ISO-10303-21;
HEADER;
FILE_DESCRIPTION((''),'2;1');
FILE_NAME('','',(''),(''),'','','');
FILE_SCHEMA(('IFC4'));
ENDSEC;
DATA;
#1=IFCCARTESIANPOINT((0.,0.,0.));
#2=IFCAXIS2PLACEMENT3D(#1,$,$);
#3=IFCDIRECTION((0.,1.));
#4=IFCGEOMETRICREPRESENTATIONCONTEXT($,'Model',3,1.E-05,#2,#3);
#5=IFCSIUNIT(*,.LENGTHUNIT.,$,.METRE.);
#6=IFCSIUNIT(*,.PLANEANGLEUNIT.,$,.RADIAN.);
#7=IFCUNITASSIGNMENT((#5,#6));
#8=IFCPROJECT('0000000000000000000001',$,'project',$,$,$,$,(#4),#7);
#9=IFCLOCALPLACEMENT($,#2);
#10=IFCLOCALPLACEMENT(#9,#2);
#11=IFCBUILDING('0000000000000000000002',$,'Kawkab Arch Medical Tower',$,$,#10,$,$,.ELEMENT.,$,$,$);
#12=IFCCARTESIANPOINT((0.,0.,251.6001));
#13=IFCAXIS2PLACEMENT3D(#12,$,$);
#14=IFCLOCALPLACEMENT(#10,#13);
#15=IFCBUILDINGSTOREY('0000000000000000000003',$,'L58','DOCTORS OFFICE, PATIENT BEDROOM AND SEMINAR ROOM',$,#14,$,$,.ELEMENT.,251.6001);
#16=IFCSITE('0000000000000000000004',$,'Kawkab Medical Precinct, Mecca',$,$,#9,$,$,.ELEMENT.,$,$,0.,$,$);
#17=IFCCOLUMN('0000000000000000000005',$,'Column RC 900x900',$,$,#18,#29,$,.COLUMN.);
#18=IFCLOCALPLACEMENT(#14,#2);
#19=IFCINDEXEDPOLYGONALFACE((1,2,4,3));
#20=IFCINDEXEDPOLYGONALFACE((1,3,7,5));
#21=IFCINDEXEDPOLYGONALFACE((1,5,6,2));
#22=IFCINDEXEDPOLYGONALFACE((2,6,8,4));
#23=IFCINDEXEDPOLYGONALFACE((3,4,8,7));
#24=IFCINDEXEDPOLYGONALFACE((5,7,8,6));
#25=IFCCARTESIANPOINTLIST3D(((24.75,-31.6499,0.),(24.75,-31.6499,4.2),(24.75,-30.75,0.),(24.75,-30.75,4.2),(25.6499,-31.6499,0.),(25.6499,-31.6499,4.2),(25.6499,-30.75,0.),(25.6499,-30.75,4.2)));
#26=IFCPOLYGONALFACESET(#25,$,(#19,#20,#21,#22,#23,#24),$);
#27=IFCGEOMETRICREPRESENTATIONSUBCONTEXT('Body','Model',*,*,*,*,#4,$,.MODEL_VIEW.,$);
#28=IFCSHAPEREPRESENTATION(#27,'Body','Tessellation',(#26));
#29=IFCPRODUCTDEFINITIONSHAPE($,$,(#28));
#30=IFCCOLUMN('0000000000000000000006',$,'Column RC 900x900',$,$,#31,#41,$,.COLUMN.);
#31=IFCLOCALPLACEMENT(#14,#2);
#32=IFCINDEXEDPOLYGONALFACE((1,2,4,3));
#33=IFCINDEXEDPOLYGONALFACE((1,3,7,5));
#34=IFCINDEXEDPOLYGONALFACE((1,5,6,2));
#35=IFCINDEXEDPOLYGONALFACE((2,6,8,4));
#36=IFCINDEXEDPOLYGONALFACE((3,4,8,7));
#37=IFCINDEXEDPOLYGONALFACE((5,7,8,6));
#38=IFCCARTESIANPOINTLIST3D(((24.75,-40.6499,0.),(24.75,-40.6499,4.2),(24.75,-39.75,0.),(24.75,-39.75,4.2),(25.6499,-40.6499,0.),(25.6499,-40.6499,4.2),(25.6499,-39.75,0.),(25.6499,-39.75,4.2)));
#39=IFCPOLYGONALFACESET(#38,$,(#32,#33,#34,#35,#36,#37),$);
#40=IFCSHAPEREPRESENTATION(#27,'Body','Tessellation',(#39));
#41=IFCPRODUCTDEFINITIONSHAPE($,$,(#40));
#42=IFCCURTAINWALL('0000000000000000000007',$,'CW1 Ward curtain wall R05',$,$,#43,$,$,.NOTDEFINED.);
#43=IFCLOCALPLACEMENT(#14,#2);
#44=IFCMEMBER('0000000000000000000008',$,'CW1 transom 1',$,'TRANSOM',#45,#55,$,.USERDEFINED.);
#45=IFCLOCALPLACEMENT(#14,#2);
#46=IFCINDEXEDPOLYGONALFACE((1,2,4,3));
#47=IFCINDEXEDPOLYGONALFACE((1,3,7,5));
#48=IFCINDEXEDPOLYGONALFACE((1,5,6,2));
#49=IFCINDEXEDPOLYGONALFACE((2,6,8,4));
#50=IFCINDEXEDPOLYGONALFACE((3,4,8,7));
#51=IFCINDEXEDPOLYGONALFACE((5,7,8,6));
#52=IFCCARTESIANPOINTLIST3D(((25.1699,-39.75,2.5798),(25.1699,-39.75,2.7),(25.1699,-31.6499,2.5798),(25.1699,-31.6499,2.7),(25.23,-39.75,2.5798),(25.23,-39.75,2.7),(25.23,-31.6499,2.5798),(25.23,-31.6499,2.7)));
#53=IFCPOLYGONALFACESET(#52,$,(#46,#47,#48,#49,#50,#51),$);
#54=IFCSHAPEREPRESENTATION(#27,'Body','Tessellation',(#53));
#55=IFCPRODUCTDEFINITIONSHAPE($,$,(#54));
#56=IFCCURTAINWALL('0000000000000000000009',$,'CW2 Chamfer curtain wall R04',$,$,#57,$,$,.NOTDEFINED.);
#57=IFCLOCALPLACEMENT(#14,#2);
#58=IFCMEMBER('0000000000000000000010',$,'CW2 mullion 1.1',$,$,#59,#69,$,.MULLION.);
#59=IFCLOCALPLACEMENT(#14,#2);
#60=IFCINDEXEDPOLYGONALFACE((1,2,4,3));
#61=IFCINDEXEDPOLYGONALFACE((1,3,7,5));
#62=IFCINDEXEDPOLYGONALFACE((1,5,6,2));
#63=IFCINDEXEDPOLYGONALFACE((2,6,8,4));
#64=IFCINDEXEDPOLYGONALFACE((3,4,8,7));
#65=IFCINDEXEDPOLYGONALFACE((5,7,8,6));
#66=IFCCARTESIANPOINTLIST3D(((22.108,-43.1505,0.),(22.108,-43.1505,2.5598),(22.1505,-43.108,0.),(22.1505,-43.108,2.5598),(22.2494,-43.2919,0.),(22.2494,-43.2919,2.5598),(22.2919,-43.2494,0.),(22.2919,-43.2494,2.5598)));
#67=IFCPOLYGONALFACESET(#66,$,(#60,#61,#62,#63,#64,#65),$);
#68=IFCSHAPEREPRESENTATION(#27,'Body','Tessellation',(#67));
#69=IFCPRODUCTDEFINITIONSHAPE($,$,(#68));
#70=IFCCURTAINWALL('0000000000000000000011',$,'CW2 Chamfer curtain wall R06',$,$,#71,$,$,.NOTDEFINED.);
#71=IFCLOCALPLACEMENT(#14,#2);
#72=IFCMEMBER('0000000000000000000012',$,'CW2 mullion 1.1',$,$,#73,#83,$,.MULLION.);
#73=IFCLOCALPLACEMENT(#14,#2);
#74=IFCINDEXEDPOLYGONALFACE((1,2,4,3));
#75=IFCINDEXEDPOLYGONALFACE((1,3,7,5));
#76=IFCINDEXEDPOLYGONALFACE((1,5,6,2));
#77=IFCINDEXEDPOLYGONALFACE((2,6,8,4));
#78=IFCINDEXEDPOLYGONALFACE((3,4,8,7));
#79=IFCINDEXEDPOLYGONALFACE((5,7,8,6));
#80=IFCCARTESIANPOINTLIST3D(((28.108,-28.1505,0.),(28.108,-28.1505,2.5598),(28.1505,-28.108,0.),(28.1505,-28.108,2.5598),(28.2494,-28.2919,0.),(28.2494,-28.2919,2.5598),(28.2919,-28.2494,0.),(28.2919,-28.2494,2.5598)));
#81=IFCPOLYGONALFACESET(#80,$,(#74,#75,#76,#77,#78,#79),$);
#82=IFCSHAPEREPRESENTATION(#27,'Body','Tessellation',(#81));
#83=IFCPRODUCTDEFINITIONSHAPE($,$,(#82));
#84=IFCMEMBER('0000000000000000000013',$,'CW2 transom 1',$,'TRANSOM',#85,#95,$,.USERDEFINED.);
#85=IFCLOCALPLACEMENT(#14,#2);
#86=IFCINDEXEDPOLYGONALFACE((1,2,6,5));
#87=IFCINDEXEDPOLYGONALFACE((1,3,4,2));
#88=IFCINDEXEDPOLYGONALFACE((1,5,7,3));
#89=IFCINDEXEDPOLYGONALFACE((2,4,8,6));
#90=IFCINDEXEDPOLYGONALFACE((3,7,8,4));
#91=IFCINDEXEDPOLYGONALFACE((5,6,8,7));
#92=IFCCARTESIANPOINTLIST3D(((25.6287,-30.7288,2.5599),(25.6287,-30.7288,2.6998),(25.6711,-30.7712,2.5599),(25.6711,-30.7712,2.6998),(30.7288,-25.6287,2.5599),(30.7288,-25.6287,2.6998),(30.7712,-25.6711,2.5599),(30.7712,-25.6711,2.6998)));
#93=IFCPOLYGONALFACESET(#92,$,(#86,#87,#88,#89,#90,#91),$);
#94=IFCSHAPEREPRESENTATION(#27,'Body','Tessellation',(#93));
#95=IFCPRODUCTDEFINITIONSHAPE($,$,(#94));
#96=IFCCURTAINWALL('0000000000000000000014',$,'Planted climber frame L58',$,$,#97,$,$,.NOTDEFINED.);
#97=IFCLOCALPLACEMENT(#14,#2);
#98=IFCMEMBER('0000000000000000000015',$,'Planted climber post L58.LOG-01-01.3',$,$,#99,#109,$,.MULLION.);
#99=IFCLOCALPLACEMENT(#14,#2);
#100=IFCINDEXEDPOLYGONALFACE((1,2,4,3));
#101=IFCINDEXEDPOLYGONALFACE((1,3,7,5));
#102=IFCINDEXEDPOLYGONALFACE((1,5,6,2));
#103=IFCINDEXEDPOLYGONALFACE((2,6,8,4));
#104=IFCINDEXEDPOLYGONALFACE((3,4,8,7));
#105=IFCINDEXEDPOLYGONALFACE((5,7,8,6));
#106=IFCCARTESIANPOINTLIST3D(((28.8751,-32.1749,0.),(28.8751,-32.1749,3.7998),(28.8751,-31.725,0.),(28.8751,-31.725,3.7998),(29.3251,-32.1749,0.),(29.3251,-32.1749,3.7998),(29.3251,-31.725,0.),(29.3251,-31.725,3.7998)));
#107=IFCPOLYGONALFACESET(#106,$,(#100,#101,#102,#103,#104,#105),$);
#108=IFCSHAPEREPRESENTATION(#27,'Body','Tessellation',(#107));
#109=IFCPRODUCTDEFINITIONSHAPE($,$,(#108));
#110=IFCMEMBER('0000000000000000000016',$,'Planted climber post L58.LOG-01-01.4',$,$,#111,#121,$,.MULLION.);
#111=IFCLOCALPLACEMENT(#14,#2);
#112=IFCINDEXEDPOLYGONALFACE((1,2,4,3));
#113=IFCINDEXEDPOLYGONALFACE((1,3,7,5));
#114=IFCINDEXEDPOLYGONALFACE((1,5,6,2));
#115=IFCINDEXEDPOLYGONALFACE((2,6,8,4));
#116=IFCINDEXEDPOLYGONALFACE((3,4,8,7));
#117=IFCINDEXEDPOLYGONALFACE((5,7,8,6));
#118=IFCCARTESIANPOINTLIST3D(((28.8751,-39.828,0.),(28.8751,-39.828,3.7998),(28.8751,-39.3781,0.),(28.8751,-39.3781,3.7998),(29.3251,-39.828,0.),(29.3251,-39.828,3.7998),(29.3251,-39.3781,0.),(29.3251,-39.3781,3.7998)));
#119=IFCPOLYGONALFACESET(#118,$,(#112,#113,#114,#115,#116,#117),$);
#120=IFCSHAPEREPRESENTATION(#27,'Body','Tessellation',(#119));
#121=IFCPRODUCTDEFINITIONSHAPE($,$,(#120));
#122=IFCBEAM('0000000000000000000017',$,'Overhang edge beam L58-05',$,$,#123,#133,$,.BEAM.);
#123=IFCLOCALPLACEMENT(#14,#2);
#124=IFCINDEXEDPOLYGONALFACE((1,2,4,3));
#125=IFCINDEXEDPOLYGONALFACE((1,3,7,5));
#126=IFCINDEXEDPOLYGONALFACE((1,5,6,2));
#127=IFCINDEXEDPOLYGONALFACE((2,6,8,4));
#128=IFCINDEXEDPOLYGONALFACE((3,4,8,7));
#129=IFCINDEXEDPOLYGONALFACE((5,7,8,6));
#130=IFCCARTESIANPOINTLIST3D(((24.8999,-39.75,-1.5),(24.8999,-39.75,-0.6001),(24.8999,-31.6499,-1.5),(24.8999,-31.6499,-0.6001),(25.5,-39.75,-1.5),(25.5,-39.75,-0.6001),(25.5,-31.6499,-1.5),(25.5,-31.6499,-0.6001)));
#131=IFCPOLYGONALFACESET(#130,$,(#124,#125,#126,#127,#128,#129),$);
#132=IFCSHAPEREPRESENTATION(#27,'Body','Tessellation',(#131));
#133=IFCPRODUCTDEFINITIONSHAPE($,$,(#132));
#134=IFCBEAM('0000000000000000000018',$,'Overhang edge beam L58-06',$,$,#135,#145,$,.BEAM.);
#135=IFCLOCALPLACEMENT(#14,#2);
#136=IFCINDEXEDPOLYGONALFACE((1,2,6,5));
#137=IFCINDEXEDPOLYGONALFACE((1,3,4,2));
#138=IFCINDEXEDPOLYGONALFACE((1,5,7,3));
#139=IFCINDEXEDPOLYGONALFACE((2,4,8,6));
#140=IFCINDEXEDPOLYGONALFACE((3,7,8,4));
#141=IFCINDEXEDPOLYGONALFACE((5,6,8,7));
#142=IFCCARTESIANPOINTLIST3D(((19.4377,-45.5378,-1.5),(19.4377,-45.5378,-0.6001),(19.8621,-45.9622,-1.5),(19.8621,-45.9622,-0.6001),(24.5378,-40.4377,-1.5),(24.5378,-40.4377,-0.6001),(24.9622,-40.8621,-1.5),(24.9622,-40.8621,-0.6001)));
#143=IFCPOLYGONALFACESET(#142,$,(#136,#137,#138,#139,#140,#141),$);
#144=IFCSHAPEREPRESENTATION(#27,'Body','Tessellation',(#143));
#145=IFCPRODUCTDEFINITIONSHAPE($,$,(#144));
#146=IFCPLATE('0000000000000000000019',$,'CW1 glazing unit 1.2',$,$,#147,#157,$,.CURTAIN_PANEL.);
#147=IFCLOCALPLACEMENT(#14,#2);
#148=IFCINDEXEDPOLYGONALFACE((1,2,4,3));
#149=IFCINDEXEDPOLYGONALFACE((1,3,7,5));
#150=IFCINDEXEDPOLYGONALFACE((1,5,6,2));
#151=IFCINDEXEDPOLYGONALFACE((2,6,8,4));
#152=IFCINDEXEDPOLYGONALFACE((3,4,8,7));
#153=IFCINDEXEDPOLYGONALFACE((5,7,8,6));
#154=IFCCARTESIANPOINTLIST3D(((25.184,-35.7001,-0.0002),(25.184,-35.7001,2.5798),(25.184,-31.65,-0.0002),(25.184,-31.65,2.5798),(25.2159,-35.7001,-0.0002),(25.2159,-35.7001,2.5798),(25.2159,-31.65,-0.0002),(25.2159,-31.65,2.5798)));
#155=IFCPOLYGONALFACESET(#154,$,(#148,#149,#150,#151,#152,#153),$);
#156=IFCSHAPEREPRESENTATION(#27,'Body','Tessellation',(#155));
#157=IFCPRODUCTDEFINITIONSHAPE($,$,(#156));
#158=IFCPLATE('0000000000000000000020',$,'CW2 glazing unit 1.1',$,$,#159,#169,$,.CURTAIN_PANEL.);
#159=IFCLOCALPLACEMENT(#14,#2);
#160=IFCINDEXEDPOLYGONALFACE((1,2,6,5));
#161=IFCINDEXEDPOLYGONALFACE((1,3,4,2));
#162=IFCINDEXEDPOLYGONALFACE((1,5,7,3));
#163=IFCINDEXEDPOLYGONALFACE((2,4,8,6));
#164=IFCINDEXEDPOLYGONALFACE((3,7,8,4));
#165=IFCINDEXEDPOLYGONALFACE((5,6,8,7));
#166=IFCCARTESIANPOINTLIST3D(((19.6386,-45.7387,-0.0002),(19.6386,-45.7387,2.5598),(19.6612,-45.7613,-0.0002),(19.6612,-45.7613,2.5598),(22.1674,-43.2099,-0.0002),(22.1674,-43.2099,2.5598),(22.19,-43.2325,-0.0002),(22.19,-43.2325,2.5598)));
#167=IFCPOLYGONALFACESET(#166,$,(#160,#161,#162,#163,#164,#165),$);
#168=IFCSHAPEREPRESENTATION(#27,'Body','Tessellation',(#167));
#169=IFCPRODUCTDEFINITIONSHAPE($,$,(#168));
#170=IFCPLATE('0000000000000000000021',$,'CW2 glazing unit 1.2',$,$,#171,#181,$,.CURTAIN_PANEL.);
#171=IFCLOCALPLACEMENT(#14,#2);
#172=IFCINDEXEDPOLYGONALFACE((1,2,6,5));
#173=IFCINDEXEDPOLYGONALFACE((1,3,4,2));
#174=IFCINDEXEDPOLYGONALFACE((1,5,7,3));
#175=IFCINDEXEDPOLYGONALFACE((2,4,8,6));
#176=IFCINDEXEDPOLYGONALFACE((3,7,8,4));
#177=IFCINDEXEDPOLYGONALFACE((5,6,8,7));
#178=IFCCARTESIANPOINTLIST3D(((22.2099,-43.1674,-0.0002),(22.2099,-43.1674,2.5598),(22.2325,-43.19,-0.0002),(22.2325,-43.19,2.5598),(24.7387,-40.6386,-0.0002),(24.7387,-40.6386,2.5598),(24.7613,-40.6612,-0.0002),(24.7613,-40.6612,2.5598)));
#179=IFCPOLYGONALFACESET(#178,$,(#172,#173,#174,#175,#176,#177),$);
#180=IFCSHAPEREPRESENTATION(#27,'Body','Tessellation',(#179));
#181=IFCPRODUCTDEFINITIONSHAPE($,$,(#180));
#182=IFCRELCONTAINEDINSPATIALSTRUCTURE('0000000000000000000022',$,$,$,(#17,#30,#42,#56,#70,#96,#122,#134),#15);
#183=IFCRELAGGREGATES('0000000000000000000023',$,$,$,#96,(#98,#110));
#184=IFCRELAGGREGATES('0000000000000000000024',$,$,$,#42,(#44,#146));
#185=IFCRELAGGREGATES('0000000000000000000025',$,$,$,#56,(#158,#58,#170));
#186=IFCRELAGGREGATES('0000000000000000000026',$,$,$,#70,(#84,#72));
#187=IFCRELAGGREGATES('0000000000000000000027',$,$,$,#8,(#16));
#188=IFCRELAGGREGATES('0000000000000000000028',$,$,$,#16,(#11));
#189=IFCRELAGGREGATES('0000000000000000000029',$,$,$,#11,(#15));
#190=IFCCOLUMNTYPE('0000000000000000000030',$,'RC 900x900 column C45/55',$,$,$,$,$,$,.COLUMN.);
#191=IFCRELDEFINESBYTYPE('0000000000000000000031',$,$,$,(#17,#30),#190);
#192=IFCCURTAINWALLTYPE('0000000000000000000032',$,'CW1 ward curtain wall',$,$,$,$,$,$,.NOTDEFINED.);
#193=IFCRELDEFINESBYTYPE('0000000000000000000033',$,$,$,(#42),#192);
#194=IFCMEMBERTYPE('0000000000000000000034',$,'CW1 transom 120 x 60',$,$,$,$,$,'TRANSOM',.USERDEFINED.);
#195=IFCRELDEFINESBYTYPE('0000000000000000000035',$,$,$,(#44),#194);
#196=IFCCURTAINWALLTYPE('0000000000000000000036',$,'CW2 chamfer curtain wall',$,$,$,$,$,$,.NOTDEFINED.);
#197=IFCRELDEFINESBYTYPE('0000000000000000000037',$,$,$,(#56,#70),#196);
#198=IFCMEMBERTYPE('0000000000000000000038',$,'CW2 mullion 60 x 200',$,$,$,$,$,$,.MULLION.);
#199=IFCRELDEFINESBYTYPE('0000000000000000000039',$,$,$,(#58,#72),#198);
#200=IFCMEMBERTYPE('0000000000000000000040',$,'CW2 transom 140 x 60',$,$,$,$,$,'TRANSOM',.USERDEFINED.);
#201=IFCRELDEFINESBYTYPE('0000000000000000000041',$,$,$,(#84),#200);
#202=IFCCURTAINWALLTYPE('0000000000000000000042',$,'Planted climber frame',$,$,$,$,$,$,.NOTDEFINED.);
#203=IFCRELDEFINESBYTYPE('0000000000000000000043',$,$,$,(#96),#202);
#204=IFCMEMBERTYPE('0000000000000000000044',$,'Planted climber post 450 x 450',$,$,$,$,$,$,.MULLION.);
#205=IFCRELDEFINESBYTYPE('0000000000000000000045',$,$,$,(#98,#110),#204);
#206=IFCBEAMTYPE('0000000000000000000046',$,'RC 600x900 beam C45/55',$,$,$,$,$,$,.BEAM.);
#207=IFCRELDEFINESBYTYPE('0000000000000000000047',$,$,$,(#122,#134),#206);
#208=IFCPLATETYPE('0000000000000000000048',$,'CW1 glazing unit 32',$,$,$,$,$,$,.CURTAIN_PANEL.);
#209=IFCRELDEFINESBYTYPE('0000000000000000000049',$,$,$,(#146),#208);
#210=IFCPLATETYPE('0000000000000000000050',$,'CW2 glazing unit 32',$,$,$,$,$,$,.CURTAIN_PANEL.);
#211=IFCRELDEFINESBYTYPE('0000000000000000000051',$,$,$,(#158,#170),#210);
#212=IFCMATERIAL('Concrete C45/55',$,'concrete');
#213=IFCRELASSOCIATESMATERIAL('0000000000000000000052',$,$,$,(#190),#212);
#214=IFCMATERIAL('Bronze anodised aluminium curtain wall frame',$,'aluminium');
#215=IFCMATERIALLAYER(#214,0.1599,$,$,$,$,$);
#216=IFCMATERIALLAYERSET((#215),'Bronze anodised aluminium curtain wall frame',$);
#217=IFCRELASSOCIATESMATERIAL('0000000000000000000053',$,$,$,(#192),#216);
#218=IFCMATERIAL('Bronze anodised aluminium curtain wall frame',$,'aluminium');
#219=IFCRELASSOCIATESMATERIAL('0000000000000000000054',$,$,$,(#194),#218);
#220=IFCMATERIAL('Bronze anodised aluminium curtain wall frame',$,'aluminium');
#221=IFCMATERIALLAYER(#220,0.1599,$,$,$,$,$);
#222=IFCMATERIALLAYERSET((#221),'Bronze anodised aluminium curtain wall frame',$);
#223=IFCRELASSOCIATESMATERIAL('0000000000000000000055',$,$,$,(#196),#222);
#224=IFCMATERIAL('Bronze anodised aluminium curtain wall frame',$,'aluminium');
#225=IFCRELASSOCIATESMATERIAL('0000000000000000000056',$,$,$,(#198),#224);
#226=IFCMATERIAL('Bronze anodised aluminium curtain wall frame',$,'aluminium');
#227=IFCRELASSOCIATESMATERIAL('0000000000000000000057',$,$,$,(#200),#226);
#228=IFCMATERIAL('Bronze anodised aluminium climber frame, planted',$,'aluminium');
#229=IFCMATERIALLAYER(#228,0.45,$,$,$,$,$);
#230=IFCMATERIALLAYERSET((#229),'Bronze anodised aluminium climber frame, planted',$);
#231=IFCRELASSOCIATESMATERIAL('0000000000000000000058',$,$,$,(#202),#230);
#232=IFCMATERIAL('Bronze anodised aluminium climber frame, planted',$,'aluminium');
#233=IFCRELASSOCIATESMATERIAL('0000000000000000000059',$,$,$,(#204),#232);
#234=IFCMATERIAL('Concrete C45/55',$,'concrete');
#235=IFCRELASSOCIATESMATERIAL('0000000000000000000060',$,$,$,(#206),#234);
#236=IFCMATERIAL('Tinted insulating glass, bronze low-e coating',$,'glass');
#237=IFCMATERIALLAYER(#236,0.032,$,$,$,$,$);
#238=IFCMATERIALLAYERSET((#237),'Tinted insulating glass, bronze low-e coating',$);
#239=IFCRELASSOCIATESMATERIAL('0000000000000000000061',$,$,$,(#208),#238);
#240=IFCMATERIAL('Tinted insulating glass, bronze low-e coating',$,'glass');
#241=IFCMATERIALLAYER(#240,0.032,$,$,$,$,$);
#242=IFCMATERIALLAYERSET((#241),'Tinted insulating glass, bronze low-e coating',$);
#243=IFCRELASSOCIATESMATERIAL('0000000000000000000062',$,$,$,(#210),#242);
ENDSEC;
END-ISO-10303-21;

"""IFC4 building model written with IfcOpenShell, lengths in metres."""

from ifc_helpers import new_model, si_unit, direction, frame, origin, origin_2d, place, context, subcontext, project, spatial, rectangle, extrude, material, layer, layer_set, material_profile, profile_set, type_object, element, aggregate, save


model = new_model("IFC4")

# Units and contexts
model_context = context("Model", 3, precision=1e-05, world=origin(), true_north=direction((0.0, 1.0)))
body_context = subcontext(model_context, "Body", "Model", "MODEL_VIEW")
ifc_project = project(units=[si_unit("LENGTHUNIT", "METRE"), si_unit("PLANEANGLEUNIT", "RADIAN")], contexts=[model_context])

# Site, building, storey
site_placement = place(None, origin())
site = spatial("IfcSite", under=ifc_project, at=site_placement, Name="Kawkab Medical Precinct, Mecca", CompositionType="ELEMENT", RefElevation=0.0)
building_placement = place(site_placement, origin())
building = spatial("IfcBuilding", under=site, at=building_placement, Name="Kawkab Arch Medical Tower", CompositionType="ELEMENT")
storey_placement = place(building_placement, frame((0.0, 0.0, 251.6001)))
storey = spatial("IfcBuildingStorey", under=building, at=storey_placement, Name="L58", Description="DOCTORS OFFICE, PATIENT BEDROOM AND SEMINAR ROOM", CompositionType="ELEMENT", Elevation=251.6001)

# Columns
ifc_material_1 = material(Name="Concrete C45/55", Category="concrete")
ifc_material_profile_1 = material_profile(ifc_material_1, rectangle(XDim=0.8999, YDim=0.8999, at=origin_2d()), Name="RC 900x900")
ifc_profile_set_1 = profile_set([ifc_material_profile_1], Name="Concrete C45/55")
column_type = type_object("IfcColumnType", Name="RC 900x900 column C45/55", PredefinedType="COLUMN", material=ifc_profile_set_1)
for number, where, z_axis, x_axis, name in (
    (1, (25.2, -31.2, 0.0), (0.0, 0.0, 1.0), (1.0, 0.0, 0.0), "Column RC 900x900"),
    (2, (25.2, -40.2, 0.0), (0.0, 0.0, 1.0), (1.0, 0.0, 0.0), "Column RC 900x900"),
):
    element("IfcColumn", number, at=place(storey_placement, frame(where, z_axis=z_axis, x_axis=x_axis)), inside=storey, type_object=column_type, Name=name, PredefinedType="COLUMN", context=body_context, shape_type="SweptSolid", body=[
        extrude(rectangle(XDim=0.8999, YDim=0.8999, at=origin_2d()), origin(), (0.0, 0.0, 1.0), 4.2),
    ])

# Curtain walls, members
ifc_material_2 = material(Name="Bronze anodised aluminium curtain wall frame", Category="aluminium")
ifc_layer_1 = layer(ifc_material_2, 0.1599)
ifc_layer_set_1 = layer_set([ifc_layer_1], Name="Bronze anodised aluminium curtain wall frame")
curtain_wall_type_1 = type_object("IfcCurtainWallType", Name="CW1 ward curtain wall", PredefinedType="NOTDEFINED", material=ifc_layer_set_1)
placement = place(storey_placement, origin())
curtain_wall_1 = element("IfcCurtainWall", 3, at=placement, inside=storey, type_object=curtain_wall_type_1, Name="CW1 Ward curtain wall R05", PredefinedType="NOTDEFINED")
ifc_material_3 = material(Name="Bronze anodised aluminium curtain wall frame", Category="aluminium")
ifc_material_profile_2 = material_profile(ifc_material_3, rectangle(XDim=0.0601, YDim=0.1201, at=origin_2d()), Name="AL 60x120")
ifc_profile_set_2 = profile_set([ifc_material_profile_2], Name="Bronze anodised aluminium curtain wall frame")
member_type_1 = type_object("IfcMemberType", Name="CW1 transom 120 x 60", ElementType="TRANSOM", PredefinedType="USERDEFINED", material=ifc_profile_set_2)
member_1_placement = place(storey_placement, frame((25.2, -39.75, 2.6399), z_axis=(0.0, 1.0, 0.0), x_axis=(-1.0, 0.0, 0.0)))
member_1 = element("IfcMember", 4, at=member_1_placement, type_object=member_type_1, Name="CW1 transom 1", ObjectType="TRANSOM", PredefinedType="USERDEFINED", context=body_context, shape_type="SweptSolid", body=[
    extrude(rectangle(XDim=0.0601, YDim=0.1201, at=origin_2d()), origin(), (0.0, 0.0, 1.0), 8.1001),
])
ifc_material_4 = material(Name="Bronze anodised aluminium curtain wall frame", Category="aluminium")
ifc_layer_2 = layer(ifc_material_4, 0.1599)
ifc_layer_set_2 = layer_set([ifc_layer_2], Name="Bronze anodised aluminium curtain wall frame")
curtain_wall_type_2 = type_object("IfcCurtainWallType", Name="CW2 chamfer curtain wall", PredefinedType="NOTDEFINED", material=ifc_layer_set_2)
curtain_wall_2 = element("IfcCurtainWall", 5, at=placement, inside=storey, type_object=curtain_wall_type_2, Name="CW2 Chamfer curtain wall R04", PredefinedType="NOTDEFINED")
ifc_material_5 = material(Name="Bronze anodised aluminium curtain wall frame", Category="aluminium")
ifc_material_profile_3 = material_profile(ifc_material_5, rectangle(XDim=0.2, YDim=0.0601, at=origin_2d()), Name="AL 60x200")
ifc_profile_set_3 = profile_set([ifc_material_profile_3], Name="Bronze anodised aluminium curtain wall frame")
member_type_2 = type_object("IfcMemberType", Name="CW2 mullion 60 x 200", PredefinedType="MULLION", material=ifc_profile_set_3)
member_2_placement = place(storey_placement, frame((22.2, -43.2, 0.0), z_axis=(0.0, 0.0, 1.0), x_axis=(-0.707107, 0.707107, 0.0)))
member_2 = element("IfcMember", 6, at=member_2_placement, type_object=member_type_2, Name="CW2 mullion 1.1", PredefinedType="MULLION", context=body_context, shape_type="SweptSolid", body=[
    extrude(rectangle(XDim=0.2, YDim=0.0601, at=origin_2d()), origin(), (0.0, 0.0, 1.0), 2.5598),
])

# Curtain walls, members
curtain_wall_3 = element("IfcCurtainWall", 7, at=placement, inside=storey, type_object=curtain_wall_type_2, Name="CW2 Chamfer curtain wall R06", PredefinedType="NOTDEFINED")
member_3_placement = place(storey_placement, frame((28.2, -28.2, 0.0), z_axis=(0.0, 0.0, 1.0), x_axis=(-0.707107, 0.707107, 0.0)))
member_3 = element("IfcMember", 8, at=member_3_placement, type_object=member_type_2, Name="CW2 mullion 1.1", PredefinedType="MULLION", context=body_context, shape_type="SweptSolid", body=[
    extrude(rectangle(XDim=0.2, YDim=0.0601, at=origin_2d()), origin(), (0.0, 0.0, 1.0), 2.5598),
])
ifc_material_6 = material(Name="Bronze anodised aluminium curtain wall frame", Category="aluminium")
ifc_material_profile_4 = material_profile(ifc_material_6, rectangle(XDim=0.0601, YDim=0.1399, at=origin_2d()), Name="AL 60x140")
ifc_profile_set_4 = profile_set([ifc_material_profile_4], Name="Bronze anodised aluminium curtain wall frame")
member_type_3 = type_object("IfcMemberType", Name="CW2 transom 140 x 60", ElementType="TRANSOM", PredefinedType="USERDEFINED", material=ifc_profile_set_4)
member_4_placement = place(storey_placement, frame((25.6499, -30.75, 2.6299), z_axis=(0.707107, 0.707107, 0.0), x_axis=(-0.707107, 0.707107, 0.0)))
member_4 = element("IfcMember", 9, at=member_4_placement, type_object=member_type_3, Name="CW2 transom 1", ObjectType="TRANSOM", PredefinedType="USERDEFINED", context=body_context, shape_type="SweptSolid", body=[
    extrude(rectangle(XDim=0.0601, YDim=0.1399, at=origin_2d()), origin(), (0.0, 0.0, 1.0), 7.2126),
])
ifc_material_7 = material(Name="Bronze anodised aluminium climber frame, planted", Category="aluminium")
ifc_layer_3 = layer(ifc_material_7, 0.45)
ifc_layer_set_3 = layer_set([ifc_layer_3], Name="Bronze anodised aluminium climber frame, planted")
curtain_wall_type_3 = type_object("IfcCurtainWallType", Name="Planted climber frame", PredefinedType="NOTDEFINED", material=ifc_layer_set_3)
curtain_wall_4 = element("IfcCurtainWall", 10, at=placement, inside=storey, type_object=curtain_wall_type_3, Name="Planted climber frame L58", PredefinedType="NOTDEFINED")
ifc_material_8 = material(Name="Bronze anodised aluminium climber frame, planted", Category="aluminium")
ifc_material_profile_5 = material_profile(ifc_material_8, rectangle(XDim=0.45, YDim=0.45, at=origin_2d()), Name="Post 450x450")
ifc_profile_set_5 = profile_set([ifc_material_profile_5], Name="Bronze anodised aluminium climber frame, planted")
member_type_4 = type_object("IfcMemberType", Name="Planted climber post 450 x 450", PredefinedType="MULLION", material=ifc_profile_set_5)
member_5_placement = place(storey_placement, frame((29.1001, -31.95, 0.0), z_axis=(0.0, 0.0, 1.0), x_axis=(1.0, 0.0, 0.0)))
member_5 = element("IfcMember", 11, at=member_5_placement, type_object=member_type_4, Name="Planted climber post L58.LOG-01-01.3", PredefinedType="MULLION", context=body_context, shape_type="SweptSolid", body=[
    extrude(rectangle(XDim=0.45, YDim=0.45, at=origin_2d()), origin(), (0.0, 0.0, 1.0), 3.7998),
])
member_6_placement = place(storey_placement, frame((29.1001, -39.603, 0.0), z_axis=(0.0, 0.0, 1.0), x_axis=(1.0, 0.0, 0.0)))
member_6 = element("IfcMember", 12, at=member_6_placement, type_object=member_type_4, Name="Planted climber post L58.LOG-01-01.4", PredefinedType="MULLION", context=body_context, shape_type="SweptSolid", body=[
    extrude(rectangle(XDim=0.45, YDim=0.45, at=origin_2d()), origin(), (0.0, 0.0, 1.0), 3.7998),
])
aggregate(curtain_wall_4, [member_5, member_6])

# Beams
ifc_material_9 = material(Name="Concrete C45/55", Category="concrete")
ifc_material_profile_6 = material_profile(ifc_material_9, rectangle(XDim=0.6001, YDim=0.8999, at=origin_2d()), Name="RC 600x900")
ifc_profile_set_6 = profile_set([ifc_material_profile_6], Name="Concrete C45/55")
beam_type = type_object("IfcBeamType", Name="RC 600x900 beam C45/55", PredefinedType="BEAM", material=ifc_profile_set_6)
beam_1_placement = place(storey_placement, frame((25.2, -31.6499, -1.05), z_axis=(0.0, -1.0, 0.0), x_axis=(1.0, 0.0, 0.0)))
element("IfcBeam", 13, at=beam_1_placement, inside=storey, type_object=beam_type, Name="Overhang edge beam L58-05", PredefinedType="BEAM", context=body_context, shape_type="SweptSolid", body=[
    extrude(rectangle(XDim=0.6001, YDim=0.8999, at=origin_2d()), origin(), (0.0, 0.0, 1.0), 8.1001),
])
beam_2_placement = place(storey_placement, frame((24.75, -40.6499, -1.05), z_axis=(-0.707107, -0.707107, 0.0), x_axis=(0.707107, -0.707107, 0.0)))
element("IfcBeam", 14, at=beam_2_placement, inside=storey, type_object=beam_type, Name="Overhang edge beam L58-06", PredefinedType="BEAM", context=body_context, shape_type="SweptSolid", body=[
    extrude(rectangle(XDim=0.6001, YDim=0.8999, at=origin_2d()), origin(), (0.0, 0.0, 1.0), 7.2126),
])

# Plates
ifc_material_10 = material(Name="Tinted insulating glass, bronze low-e coating", Category="glass")
ifc_layer_4 = layer(ifc_material_10, 0.032)
ifc_layer_set_4 = layer_set([ifc_layer_4], Name="Tinted insulating glass, bronze low-e coating")
plate_type_1 = type_object("IfcPlateType", Name="CW1 glazing unit 32", PredefinedType="CURTAIN_PANEL", material=ifc_layer_set_4)
plate_1_placement = place(storey_placement, frame((25.2, -33.675, -0.0002), z_axis=(0.0, 0.0, 1.0), x_axis=(0.0, 1.0, 0.0)))
plate_1 = element("IfcPlate", 15, at=plate_1_placement, type_object=plate_type_1, Name="CW1 glazing unit 1.2", PredefinedType="CURTAIN_PANEL", context=body_context, shape_type="SweptSolid", body=[
    extrude(rectangle(XDim=4.05, YDim=0.032, at=origin_2d()), origin(), (0.0, 0.0, 1.0), 2.5801),
])
aggregate(curtain_wall_1, [member_1, plate_1])
ifc_material_11 = material(Name="Tinted insulating glass, bronze low-e coating", Category="glass")
ifc_layer_5 = layer(ifc_material_11, 0.032)
ifc_layer_set_5 = layer_set([ifc_layer_5], Name="Tinted insulating glass, bronze low-e coating")
plate_type_2 = type_object("IfcPlateType", Name="CW2 glazing unit 32", PredefinedType="CURTAIN_PANEL", material=ifc_layer_set_5)
plate_2_placement = place(storey_placement, frame((20.9143, -44.4856, -0.0002), z_axis=(0.0, 0.0, 1.0), x_axis=(0.707107, 0.707107, 0.0)))
plate_2 = element("IfcPlate", 16, at=plate_2_placement, type_object=plate_type_2, Name="CW2 glazing unit 1.1", PredefinedType="CURTAIN_PANEL", context=body_context, shape_type="SweptSolid", body=[
    extrude(rectangle(XDim=3.5762, YDim=0.032, at=origin_2d()), origin(), (0.0, 0.0, 1.0), 2.5601),
])
plate_3_placement = place(storey_placement, frame((23.4856, -41.9143, -0.0002), z_axis=(0.0, 0.0, 1.0), x_axis=(0.707107, 0.707107, 0.0)))
plate_3 = element("IfcPlate", 17, at=plate_3_placement, type_object=plate_type_2, Name="CW2 glazing unit 1.2", PredefinedType="CURTAIN_PANEL", context=body_context, shape_type="SweptSolid", body=[
    extrude(rectangle(XDim=3.5762, YDim=0.032, at=origin_2d()), origin(), (0.0, 0.0, 1.0), 2.5601),
])
aggregate(curtain_wall_2, [plate_2, member_2, plate_3])
aggregate(curtain_wall_3, [member_4, member_3])

save(model, "model.ifc")
